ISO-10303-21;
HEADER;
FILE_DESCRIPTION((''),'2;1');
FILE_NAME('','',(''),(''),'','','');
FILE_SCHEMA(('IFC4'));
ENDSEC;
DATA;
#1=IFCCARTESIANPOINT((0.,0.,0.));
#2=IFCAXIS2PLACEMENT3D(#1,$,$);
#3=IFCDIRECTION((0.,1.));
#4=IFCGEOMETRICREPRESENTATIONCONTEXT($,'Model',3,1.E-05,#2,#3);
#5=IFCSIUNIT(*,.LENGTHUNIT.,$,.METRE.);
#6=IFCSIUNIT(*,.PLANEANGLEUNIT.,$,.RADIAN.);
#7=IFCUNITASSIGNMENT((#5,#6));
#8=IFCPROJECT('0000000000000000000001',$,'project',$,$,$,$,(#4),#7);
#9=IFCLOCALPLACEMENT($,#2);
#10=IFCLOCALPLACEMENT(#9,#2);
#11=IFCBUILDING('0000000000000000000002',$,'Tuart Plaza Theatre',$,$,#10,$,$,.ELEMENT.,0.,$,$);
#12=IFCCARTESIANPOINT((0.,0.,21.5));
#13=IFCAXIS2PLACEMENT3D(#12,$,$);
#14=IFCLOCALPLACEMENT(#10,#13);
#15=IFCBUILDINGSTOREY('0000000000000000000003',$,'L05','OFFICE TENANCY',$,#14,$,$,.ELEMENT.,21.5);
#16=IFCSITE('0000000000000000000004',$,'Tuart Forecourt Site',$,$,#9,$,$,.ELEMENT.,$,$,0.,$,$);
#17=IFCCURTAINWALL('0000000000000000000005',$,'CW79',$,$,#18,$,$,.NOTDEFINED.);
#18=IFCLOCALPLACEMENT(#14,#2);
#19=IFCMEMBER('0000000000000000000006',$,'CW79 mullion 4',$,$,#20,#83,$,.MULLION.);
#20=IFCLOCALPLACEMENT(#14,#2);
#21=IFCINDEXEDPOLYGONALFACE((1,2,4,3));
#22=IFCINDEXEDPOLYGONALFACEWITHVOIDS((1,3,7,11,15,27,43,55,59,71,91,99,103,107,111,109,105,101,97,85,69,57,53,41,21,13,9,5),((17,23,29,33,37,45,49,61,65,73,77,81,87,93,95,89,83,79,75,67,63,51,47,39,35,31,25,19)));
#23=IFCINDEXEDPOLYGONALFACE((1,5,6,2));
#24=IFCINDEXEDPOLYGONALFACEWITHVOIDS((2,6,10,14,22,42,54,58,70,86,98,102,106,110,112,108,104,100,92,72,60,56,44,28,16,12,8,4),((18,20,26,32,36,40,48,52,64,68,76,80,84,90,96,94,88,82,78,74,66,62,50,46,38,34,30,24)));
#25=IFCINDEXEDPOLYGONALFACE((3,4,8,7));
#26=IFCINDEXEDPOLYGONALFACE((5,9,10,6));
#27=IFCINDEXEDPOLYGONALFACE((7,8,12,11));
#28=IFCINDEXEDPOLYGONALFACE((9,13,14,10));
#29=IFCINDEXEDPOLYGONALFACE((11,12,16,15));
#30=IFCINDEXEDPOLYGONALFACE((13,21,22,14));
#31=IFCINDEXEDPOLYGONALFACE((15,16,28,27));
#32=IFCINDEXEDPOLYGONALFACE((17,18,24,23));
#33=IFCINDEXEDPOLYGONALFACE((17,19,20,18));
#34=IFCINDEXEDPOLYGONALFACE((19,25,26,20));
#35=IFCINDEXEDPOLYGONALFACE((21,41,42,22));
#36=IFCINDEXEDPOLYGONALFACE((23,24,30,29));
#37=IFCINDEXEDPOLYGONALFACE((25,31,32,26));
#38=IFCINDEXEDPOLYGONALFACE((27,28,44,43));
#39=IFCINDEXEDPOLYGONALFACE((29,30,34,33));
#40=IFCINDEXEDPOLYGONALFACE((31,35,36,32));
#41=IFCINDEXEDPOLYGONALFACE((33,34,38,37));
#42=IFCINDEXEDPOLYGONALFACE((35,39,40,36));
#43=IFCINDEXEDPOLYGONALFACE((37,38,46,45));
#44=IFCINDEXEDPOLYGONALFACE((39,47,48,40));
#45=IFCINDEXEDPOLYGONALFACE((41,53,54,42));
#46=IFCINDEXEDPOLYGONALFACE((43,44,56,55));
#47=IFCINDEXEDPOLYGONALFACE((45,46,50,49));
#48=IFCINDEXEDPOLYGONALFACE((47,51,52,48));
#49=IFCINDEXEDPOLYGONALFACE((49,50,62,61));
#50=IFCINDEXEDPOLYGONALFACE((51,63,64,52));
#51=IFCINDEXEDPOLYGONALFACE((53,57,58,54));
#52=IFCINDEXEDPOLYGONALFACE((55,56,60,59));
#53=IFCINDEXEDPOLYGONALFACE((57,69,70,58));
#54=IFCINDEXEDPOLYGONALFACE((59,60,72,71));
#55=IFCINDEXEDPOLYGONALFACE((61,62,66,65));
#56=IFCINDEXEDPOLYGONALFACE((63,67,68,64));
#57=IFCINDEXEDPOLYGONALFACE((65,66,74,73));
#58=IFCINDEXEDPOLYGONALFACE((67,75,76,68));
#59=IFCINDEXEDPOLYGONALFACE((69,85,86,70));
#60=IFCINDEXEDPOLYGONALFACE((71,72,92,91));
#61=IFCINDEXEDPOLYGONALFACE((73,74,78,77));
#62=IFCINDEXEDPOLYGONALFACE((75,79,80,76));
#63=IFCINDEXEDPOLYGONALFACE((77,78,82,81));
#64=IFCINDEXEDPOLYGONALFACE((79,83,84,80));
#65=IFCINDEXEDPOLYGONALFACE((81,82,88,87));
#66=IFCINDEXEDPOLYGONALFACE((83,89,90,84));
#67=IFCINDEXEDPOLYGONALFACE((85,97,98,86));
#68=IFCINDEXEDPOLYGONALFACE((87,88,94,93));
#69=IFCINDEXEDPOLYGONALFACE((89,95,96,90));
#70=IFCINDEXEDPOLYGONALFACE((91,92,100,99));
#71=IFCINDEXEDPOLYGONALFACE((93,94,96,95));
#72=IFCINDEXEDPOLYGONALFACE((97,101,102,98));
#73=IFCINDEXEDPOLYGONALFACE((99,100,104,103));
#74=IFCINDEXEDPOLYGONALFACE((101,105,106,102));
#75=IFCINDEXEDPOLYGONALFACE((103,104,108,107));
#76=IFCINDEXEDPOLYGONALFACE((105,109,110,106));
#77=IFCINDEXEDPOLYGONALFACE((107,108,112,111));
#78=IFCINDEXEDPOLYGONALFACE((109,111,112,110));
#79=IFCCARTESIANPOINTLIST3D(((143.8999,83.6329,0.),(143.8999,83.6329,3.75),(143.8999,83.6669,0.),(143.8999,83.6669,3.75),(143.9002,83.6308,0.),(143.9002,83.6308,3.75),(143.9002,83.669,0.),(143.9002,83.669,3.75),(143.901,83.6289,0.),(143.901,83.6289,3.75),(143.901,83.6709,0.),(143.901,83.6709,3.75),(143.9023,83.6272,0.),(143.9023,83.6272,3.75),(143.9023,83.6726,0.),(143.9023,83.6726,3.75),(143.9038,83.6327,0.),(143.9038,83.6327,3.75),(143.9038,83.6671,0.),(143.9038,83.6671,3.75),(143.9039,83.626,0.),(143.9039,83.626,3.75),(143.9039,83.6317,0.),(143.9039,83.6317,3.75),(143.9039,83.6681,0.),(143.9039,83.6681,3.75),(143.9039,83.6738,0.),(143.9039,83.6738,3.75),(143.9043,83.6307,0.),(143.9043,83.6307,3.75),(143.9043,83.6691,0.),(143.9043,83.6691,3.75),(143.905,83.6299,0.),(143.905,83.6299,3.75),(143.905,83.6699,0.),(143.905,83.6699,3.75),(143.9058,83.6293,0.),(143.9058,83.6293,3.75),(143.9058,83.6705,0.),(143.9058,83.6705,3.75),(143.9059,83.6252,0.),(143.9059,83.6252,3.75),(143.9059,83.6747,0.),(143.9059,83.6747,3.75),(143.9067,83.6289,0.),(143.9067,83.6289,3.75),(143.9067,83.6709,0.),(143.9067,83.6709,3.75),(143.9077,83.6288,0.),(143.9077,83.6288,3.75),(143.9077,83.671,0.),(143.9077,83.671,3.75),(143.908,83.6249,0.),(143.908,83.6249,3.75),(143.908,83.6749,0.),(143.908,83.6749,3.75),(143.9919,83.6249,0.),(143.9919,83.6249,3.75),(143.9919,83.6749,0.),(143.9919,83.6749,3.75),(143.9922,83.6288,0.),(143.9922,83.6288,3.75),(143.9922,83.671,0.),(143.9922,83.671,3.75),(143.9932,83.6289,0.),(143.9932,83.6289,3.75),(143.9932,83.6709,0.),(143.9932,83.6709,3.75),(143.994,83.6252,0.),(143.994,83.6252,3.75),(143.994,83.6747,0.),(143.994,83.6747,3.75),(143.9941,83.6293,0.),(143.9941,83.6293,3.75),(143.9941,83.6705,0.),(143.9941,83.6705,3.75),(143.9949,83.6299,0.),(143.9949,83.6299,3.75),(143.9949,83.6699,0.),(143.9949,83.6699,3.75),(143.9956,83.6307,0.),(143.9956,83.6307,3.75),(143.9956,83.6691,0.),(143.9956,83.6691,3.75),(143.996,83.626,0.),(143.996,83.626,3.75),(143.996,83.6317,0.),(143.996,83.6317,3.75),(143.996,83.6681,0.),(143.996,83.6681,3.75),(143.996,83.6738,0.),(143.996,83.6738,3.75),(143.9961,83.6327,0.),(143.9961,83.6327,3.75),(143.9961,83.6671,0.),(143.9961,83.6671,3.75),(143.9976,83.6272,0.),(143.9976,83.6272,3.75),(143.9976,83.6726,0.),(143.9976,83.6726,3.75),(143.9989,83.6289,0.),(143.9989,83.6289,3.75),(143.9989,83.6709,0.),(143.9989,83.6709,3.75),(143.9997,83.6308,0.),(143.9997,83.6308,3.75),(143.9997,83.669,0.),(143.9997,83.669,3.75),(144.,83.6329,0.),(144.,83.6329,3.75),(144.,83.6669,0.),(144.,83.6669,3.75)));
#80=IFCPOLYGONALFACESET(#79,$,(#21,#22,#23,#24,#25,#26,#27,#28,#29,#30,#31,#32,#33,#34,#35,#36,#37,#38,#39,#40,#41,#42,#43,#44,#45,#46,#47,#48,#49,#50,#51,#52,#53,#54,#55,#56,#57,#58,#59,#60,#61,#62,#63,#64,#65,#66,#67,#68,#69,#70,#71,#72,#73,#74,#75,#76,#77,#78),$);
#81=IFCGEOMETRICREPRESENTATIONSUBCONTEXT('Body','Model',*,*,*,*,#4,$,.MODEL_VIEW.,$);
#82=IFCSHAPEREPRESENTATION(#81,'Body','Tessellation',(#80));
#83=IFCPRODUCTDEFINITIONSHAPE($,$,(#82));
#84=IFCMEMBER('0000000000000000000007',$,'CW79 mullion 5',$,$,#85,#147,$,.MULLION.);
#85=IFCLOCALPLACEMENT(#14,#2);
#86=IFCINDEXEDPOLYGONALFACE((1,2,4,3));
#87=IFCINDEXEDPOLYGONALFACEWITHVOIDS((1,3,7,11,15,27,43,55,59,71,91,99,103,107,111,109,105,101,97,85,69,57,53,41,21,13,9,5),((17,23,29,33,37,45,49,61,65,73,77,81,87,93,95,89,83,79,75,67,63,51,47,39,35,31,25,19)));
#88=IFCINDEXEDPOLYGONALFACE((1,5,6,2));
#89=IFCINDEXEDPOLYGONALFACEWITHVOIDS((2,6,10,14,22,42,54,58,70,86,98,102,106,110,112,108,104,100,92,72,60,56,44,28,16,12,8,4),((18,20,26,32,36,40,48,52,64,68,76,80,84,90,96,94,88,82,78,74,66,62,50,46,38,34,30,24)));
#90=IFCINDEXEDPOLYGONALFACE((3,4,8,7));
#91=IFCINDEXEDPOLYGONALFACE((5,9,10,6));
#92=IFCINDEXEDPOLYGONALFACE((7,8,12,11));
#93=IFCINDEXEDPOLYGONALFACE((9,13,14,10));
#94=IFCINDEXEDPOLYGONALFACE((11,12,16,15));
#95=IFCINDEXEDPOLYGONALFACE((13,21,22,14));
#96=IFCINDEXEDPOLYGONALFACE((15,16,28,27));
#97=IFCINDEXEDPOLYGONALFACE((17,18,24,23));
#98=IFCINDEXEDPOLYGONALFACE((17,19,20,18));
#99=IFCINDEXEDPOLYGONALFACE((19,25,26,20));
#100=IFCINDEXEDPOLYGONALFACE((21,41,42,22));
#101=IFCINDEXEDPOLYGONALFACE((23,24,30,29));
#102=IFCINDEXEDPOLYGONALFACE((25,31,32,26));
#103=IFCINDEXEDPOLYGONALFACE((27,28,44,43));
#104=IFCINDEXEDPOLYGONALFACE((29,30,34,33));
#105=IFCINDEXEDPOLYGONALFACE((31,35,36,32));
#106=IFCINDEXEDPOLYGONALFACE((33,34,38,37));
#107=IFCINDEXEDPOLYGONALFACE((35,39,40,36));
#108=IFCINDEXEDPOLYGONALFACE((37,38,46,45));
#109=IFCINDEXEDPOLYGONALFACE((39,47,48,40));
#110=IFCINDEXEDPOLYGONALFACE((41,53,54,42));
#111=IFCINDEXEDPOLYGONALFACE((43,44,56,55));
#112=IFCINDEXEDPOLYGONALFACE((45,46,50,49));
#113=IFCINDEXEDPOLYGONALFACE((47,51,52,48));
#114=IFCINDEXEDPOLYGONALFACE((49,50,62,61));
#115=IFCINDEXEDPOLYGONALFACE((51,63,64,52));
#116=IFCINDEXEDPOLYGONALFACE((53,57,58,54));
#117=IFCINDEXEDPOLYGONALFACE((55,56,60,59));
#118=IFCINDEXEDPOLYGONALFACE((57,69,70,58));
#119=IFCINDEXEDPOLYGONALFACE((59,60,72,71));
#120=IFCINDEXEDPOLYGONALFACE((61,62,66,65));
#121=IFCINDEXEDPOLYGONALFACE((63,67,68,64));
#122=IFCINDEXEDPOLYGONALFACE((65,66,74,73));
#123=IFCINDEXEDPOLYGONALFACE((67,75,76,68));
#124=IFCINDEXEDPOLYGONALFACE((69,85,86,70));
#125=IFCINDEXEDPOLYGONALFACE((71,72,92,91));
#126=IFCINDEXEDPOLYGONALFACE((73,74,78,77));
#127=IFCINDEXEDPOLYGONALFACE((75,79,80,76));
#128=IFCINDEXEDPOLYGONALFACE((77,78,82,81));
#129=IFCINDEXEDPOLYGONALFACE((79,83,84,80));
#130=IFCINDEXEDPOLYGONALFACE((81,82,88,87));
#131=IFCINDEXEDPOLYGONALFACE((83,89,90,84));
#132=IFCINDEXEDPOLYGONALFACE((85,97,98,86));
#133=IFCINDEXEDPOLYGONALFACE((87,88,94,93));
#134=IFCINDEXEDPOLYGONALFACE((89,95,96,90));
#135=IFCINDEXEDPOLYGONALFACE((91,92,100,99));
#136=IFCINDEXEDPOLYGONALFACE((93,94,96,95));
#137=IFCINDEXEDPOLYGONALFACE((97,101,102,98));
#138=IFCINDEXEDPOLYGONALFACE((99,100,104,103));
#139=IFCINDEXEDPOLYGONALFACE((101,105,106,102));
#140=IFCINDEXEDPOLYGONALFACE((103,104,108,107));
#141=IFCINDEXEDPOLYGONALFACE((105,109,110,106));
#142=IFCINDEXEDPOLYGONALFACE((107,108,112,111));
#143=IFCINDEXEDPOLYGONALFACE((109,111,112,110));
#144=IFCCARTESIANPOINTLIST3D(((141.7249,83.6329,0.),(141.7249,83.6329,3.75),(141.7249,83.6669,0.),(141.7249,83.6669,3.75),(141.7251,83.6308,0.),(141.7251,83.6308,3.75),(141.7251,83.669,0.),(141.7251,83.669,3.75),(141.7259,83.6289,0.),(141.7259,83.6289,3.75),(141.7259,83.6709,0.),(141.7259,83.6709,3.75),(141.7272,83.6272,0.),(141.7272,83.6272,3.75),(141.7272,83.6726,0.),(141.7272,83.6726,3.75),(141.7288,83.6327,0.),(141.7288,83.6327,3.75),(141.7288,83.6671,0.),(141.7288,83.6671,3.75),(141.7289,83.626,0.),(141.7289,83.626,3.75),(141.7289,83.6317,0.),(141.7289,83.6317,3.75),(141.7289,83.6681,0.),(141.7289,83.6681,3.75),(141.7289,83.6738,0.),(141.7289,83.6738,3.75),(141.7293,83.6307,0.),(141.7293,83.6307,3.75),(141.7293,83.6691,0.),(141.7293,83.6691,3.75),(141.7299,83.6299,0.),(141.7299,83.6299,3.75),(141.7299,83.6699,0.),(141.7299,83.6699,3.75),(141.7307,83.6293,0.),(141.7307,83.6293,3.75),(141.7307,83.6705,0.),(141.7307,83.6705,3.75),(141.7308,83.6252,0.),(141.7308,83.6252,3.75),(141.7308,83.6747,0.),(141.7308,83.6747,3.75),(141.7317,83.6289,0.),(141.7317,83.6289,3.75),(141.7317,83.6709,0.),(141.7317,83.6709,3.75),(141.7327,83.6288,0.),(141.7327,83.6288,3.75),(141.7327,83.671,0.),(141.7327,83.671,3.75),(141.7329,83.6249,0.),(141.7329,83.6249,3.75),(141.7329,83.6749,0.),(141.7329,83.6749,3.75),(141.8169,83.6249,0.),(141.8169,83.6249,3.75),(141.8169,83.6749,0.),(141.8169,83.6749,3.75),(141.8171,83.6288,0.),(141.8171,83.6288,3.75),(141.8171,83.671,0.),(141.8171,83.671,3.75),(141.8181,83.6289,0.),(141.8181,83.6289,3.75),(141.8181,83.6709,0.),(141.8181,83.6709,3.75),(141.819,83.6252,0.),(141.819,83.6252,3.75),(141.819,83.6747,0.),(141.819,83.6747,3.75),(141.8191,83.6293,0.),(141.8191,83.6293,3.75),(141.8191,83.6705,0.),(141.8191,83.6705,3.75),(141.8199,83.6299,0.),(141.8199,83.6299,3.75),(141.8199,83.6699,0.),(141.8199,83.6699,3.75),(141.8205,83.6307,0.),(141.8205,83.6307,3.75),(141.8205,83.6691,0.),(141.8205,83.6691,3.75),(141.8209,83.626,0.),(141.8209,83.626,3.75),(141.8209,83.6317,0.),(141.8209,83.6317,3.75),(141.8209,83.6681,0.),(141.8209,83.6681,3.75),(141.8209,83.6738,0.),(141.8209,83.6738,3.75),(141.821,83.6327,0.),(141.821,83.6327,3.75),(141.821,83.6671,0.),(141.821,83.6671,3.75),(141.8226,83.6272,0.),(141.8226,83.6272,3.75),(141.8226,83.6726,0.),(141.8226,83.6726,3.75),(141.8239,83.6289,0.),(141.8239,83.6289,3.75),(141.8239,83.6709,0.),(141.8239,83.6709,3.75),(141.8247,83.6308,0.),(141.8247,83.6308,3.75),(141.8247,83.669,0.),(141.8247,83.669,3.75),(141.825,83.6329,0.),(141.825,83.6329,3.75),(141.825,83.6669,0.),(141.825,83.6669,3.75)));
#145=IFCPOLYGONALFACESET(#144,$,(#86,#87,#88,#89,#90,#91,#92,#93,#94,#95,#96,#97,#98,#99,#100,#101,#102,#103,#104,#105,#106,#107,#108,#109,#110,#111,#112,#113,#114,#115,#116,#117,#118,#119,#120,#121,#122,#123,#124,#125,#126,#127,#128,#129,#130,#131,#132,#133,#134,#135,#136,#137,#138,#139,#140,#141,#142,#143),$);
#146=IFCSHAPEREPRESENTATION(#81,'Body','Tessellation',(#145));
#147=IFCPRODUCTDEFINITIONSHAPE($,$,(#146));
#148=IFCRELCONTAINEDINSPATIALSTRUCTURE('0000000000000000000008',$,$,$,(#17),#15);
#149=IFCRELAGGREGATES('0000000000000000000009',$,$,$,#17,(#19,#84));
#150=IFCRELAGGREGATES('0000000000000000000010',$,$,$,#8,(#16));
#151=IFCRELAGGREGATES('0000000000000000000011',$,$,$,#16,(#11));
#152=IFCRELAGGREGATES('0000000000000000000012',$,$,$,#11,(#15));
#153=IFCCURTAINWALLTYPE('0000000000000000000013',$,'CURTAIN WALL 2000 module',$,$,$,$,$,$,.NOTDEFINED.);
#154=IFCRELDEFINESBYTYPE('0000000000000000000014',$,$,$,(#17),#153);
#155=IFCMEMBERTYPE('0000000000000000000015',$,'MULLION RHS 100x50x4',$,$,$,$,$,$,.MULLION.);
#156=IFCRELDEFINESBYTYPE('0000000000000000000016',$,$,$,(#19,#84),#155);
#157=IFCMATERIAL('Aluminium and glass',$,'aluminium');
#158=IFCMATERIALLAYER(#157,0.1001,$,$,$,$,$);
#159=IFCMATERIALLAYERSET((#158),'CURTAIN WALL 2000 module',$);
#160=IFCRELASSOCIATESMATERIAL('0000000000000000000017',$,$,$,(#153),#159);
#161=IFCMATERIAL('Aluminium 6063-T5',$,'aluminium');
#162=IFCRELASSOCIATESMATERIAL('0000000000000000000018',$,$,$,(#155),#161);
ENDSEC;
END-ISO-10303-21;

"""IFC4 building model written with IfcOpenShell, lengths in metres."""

from ifc_helpers import new_model, si_unit, direction, frame, origin, origin_2d, place, context, subcontext, project, spatial, hollow_rectangle, extrude, material, layer, layer_set, material_profile, profile_set, type_object, element, aggregate, save


model = new_model("IFC4")

# Units and contexts
model_context = context("Model", 3, precision=1e-05, world=origin(), true_north=direction((0.0, 1.0)))
body_context = subcontext(model_context, "Body", "Model", "MODEL_VIEW")
ifc_project = project(units=[si_unit("LENGTHUNIT", "METRE"), si_unit("PLANEANGLEUNIT", "RADIAN")], contexts=[model_context])

# Site, building, storey
site_placement = place(None, origin())
site = spatial("IfcSite", under=ifc_project, at=site_placement, Name="Tuart Forecourt Site", CompositionType="ELEMENT", RefElevation=0.0)
building_placement = place(site_placement, origin())
building = spatial("IfcBuilding", under=site, at=building_placement, Name="Tuart Plaza Theatre", CompositionType="ELEMENT", ElevationOfRefHeight=0.0)
storey_placement = place(building_placement, frame((0.0, 0.0, 21.5)))
storey = spatial("IfcBuildingStorey", under=building, at=storey_placement, Name="L05", Description="OFFICE TENANCY", CompositionType="ELEMENT", Elevation=21.5)

# Shared definitions
ifc_material_1 = material(Name="Aluminium and glass", Category="aluminium")
ifc_layer_1 = layer(ifc_material_1, 0.1001)
ifc_layer_set_1 = layer_set([ifc_layer_1], Name="CURTAIN WALL 2000 module")
curtain_wall_type = type_object("IfcCurtainWallType", Name="CURTAIN WALL 2000 module", PredefinedType="NOTDEFINED", material=ifc_layer_set_1)
ifc_material_2 = material(Name="Aluminium 6063-T5", Category="aluminium")
ifc_material_profile_1 = material_profile(ifc_material_2, hollow_rectangle(XDim=0.05, YDim=0.1001, WallThickness=0.0039, InnerFilletRadius=0.0039, OuterFilletRadius=0.0081, at=origin_2d()), Name="RHS 100x50x4")
ifc_profile_set_1 = profile_set([ifc_material_profile_1], Name="Aluminium 6063-T5")
member_type_1 = type_object("IfcMemberType", Name="MULLION RHS 100x50x4", PredefinedType="MULLION", material=ifc_profile_set_1)

# Curtain wall, members
curtain_wall_1_placement = place(storey_placement, origin())
curtain_wall_1 = element("IfcCurtainWall", 1, at=curtain_wall_1_placement, inside=storey, type_object=curtain_wall_type, Name="CW79", PredefinedType="NOTDEFINED")
member_1_placement = place(storey_placement, frame((143.95, 83.6499, 0.0), z_axis=(0.0, 0.0, 1.0), x_axis=(0.0, -1.0, 0.0)))
member_1 = element("IfcMember", 2, at=member_1_placement, type_object=member_type_1, Name="CW79 mullion 4", PredefinedType="MULLION", context=body_context, shape_type="SweptSolid", body=[
    extrude(hollow_rectangle(XDim=0.05, YDim=0.1001, WallThickness=0.0039, InnerFilletRadius=0.0039, OuterFilletRadius=0.0081, at=origin_2d()), origin(), (0.0, 0.0, 1.0), 3.75),
])
member_2_placement = place(storey_placement, frame((141.7749, 83.6499, 0.0), z_axis=(0.0, 0.0, 1.0), x_axis=(0.0, -1.0, 0.0)))
member_2 = element("IfcMember", 3, at=member_2_placement, type_object=member_type_1, Name="CW79 mullion 5", PredefinedType="MULLION", context=body_context, shape_type="SweptSolid", body=[
    extrude(hollow_rectangle(XDim=0.05, YDim=0.1001, WallThickness=0.0039, InnerFilletRadius=0.0039, OuterFilletRadius=0.0081, at=origin_2d()), origin(), (0.0, 0.0, 1.0), 3.75),
])

aggregate(curtain_wall_1, [member_1, member_2])

save(model, "model.ifc")
